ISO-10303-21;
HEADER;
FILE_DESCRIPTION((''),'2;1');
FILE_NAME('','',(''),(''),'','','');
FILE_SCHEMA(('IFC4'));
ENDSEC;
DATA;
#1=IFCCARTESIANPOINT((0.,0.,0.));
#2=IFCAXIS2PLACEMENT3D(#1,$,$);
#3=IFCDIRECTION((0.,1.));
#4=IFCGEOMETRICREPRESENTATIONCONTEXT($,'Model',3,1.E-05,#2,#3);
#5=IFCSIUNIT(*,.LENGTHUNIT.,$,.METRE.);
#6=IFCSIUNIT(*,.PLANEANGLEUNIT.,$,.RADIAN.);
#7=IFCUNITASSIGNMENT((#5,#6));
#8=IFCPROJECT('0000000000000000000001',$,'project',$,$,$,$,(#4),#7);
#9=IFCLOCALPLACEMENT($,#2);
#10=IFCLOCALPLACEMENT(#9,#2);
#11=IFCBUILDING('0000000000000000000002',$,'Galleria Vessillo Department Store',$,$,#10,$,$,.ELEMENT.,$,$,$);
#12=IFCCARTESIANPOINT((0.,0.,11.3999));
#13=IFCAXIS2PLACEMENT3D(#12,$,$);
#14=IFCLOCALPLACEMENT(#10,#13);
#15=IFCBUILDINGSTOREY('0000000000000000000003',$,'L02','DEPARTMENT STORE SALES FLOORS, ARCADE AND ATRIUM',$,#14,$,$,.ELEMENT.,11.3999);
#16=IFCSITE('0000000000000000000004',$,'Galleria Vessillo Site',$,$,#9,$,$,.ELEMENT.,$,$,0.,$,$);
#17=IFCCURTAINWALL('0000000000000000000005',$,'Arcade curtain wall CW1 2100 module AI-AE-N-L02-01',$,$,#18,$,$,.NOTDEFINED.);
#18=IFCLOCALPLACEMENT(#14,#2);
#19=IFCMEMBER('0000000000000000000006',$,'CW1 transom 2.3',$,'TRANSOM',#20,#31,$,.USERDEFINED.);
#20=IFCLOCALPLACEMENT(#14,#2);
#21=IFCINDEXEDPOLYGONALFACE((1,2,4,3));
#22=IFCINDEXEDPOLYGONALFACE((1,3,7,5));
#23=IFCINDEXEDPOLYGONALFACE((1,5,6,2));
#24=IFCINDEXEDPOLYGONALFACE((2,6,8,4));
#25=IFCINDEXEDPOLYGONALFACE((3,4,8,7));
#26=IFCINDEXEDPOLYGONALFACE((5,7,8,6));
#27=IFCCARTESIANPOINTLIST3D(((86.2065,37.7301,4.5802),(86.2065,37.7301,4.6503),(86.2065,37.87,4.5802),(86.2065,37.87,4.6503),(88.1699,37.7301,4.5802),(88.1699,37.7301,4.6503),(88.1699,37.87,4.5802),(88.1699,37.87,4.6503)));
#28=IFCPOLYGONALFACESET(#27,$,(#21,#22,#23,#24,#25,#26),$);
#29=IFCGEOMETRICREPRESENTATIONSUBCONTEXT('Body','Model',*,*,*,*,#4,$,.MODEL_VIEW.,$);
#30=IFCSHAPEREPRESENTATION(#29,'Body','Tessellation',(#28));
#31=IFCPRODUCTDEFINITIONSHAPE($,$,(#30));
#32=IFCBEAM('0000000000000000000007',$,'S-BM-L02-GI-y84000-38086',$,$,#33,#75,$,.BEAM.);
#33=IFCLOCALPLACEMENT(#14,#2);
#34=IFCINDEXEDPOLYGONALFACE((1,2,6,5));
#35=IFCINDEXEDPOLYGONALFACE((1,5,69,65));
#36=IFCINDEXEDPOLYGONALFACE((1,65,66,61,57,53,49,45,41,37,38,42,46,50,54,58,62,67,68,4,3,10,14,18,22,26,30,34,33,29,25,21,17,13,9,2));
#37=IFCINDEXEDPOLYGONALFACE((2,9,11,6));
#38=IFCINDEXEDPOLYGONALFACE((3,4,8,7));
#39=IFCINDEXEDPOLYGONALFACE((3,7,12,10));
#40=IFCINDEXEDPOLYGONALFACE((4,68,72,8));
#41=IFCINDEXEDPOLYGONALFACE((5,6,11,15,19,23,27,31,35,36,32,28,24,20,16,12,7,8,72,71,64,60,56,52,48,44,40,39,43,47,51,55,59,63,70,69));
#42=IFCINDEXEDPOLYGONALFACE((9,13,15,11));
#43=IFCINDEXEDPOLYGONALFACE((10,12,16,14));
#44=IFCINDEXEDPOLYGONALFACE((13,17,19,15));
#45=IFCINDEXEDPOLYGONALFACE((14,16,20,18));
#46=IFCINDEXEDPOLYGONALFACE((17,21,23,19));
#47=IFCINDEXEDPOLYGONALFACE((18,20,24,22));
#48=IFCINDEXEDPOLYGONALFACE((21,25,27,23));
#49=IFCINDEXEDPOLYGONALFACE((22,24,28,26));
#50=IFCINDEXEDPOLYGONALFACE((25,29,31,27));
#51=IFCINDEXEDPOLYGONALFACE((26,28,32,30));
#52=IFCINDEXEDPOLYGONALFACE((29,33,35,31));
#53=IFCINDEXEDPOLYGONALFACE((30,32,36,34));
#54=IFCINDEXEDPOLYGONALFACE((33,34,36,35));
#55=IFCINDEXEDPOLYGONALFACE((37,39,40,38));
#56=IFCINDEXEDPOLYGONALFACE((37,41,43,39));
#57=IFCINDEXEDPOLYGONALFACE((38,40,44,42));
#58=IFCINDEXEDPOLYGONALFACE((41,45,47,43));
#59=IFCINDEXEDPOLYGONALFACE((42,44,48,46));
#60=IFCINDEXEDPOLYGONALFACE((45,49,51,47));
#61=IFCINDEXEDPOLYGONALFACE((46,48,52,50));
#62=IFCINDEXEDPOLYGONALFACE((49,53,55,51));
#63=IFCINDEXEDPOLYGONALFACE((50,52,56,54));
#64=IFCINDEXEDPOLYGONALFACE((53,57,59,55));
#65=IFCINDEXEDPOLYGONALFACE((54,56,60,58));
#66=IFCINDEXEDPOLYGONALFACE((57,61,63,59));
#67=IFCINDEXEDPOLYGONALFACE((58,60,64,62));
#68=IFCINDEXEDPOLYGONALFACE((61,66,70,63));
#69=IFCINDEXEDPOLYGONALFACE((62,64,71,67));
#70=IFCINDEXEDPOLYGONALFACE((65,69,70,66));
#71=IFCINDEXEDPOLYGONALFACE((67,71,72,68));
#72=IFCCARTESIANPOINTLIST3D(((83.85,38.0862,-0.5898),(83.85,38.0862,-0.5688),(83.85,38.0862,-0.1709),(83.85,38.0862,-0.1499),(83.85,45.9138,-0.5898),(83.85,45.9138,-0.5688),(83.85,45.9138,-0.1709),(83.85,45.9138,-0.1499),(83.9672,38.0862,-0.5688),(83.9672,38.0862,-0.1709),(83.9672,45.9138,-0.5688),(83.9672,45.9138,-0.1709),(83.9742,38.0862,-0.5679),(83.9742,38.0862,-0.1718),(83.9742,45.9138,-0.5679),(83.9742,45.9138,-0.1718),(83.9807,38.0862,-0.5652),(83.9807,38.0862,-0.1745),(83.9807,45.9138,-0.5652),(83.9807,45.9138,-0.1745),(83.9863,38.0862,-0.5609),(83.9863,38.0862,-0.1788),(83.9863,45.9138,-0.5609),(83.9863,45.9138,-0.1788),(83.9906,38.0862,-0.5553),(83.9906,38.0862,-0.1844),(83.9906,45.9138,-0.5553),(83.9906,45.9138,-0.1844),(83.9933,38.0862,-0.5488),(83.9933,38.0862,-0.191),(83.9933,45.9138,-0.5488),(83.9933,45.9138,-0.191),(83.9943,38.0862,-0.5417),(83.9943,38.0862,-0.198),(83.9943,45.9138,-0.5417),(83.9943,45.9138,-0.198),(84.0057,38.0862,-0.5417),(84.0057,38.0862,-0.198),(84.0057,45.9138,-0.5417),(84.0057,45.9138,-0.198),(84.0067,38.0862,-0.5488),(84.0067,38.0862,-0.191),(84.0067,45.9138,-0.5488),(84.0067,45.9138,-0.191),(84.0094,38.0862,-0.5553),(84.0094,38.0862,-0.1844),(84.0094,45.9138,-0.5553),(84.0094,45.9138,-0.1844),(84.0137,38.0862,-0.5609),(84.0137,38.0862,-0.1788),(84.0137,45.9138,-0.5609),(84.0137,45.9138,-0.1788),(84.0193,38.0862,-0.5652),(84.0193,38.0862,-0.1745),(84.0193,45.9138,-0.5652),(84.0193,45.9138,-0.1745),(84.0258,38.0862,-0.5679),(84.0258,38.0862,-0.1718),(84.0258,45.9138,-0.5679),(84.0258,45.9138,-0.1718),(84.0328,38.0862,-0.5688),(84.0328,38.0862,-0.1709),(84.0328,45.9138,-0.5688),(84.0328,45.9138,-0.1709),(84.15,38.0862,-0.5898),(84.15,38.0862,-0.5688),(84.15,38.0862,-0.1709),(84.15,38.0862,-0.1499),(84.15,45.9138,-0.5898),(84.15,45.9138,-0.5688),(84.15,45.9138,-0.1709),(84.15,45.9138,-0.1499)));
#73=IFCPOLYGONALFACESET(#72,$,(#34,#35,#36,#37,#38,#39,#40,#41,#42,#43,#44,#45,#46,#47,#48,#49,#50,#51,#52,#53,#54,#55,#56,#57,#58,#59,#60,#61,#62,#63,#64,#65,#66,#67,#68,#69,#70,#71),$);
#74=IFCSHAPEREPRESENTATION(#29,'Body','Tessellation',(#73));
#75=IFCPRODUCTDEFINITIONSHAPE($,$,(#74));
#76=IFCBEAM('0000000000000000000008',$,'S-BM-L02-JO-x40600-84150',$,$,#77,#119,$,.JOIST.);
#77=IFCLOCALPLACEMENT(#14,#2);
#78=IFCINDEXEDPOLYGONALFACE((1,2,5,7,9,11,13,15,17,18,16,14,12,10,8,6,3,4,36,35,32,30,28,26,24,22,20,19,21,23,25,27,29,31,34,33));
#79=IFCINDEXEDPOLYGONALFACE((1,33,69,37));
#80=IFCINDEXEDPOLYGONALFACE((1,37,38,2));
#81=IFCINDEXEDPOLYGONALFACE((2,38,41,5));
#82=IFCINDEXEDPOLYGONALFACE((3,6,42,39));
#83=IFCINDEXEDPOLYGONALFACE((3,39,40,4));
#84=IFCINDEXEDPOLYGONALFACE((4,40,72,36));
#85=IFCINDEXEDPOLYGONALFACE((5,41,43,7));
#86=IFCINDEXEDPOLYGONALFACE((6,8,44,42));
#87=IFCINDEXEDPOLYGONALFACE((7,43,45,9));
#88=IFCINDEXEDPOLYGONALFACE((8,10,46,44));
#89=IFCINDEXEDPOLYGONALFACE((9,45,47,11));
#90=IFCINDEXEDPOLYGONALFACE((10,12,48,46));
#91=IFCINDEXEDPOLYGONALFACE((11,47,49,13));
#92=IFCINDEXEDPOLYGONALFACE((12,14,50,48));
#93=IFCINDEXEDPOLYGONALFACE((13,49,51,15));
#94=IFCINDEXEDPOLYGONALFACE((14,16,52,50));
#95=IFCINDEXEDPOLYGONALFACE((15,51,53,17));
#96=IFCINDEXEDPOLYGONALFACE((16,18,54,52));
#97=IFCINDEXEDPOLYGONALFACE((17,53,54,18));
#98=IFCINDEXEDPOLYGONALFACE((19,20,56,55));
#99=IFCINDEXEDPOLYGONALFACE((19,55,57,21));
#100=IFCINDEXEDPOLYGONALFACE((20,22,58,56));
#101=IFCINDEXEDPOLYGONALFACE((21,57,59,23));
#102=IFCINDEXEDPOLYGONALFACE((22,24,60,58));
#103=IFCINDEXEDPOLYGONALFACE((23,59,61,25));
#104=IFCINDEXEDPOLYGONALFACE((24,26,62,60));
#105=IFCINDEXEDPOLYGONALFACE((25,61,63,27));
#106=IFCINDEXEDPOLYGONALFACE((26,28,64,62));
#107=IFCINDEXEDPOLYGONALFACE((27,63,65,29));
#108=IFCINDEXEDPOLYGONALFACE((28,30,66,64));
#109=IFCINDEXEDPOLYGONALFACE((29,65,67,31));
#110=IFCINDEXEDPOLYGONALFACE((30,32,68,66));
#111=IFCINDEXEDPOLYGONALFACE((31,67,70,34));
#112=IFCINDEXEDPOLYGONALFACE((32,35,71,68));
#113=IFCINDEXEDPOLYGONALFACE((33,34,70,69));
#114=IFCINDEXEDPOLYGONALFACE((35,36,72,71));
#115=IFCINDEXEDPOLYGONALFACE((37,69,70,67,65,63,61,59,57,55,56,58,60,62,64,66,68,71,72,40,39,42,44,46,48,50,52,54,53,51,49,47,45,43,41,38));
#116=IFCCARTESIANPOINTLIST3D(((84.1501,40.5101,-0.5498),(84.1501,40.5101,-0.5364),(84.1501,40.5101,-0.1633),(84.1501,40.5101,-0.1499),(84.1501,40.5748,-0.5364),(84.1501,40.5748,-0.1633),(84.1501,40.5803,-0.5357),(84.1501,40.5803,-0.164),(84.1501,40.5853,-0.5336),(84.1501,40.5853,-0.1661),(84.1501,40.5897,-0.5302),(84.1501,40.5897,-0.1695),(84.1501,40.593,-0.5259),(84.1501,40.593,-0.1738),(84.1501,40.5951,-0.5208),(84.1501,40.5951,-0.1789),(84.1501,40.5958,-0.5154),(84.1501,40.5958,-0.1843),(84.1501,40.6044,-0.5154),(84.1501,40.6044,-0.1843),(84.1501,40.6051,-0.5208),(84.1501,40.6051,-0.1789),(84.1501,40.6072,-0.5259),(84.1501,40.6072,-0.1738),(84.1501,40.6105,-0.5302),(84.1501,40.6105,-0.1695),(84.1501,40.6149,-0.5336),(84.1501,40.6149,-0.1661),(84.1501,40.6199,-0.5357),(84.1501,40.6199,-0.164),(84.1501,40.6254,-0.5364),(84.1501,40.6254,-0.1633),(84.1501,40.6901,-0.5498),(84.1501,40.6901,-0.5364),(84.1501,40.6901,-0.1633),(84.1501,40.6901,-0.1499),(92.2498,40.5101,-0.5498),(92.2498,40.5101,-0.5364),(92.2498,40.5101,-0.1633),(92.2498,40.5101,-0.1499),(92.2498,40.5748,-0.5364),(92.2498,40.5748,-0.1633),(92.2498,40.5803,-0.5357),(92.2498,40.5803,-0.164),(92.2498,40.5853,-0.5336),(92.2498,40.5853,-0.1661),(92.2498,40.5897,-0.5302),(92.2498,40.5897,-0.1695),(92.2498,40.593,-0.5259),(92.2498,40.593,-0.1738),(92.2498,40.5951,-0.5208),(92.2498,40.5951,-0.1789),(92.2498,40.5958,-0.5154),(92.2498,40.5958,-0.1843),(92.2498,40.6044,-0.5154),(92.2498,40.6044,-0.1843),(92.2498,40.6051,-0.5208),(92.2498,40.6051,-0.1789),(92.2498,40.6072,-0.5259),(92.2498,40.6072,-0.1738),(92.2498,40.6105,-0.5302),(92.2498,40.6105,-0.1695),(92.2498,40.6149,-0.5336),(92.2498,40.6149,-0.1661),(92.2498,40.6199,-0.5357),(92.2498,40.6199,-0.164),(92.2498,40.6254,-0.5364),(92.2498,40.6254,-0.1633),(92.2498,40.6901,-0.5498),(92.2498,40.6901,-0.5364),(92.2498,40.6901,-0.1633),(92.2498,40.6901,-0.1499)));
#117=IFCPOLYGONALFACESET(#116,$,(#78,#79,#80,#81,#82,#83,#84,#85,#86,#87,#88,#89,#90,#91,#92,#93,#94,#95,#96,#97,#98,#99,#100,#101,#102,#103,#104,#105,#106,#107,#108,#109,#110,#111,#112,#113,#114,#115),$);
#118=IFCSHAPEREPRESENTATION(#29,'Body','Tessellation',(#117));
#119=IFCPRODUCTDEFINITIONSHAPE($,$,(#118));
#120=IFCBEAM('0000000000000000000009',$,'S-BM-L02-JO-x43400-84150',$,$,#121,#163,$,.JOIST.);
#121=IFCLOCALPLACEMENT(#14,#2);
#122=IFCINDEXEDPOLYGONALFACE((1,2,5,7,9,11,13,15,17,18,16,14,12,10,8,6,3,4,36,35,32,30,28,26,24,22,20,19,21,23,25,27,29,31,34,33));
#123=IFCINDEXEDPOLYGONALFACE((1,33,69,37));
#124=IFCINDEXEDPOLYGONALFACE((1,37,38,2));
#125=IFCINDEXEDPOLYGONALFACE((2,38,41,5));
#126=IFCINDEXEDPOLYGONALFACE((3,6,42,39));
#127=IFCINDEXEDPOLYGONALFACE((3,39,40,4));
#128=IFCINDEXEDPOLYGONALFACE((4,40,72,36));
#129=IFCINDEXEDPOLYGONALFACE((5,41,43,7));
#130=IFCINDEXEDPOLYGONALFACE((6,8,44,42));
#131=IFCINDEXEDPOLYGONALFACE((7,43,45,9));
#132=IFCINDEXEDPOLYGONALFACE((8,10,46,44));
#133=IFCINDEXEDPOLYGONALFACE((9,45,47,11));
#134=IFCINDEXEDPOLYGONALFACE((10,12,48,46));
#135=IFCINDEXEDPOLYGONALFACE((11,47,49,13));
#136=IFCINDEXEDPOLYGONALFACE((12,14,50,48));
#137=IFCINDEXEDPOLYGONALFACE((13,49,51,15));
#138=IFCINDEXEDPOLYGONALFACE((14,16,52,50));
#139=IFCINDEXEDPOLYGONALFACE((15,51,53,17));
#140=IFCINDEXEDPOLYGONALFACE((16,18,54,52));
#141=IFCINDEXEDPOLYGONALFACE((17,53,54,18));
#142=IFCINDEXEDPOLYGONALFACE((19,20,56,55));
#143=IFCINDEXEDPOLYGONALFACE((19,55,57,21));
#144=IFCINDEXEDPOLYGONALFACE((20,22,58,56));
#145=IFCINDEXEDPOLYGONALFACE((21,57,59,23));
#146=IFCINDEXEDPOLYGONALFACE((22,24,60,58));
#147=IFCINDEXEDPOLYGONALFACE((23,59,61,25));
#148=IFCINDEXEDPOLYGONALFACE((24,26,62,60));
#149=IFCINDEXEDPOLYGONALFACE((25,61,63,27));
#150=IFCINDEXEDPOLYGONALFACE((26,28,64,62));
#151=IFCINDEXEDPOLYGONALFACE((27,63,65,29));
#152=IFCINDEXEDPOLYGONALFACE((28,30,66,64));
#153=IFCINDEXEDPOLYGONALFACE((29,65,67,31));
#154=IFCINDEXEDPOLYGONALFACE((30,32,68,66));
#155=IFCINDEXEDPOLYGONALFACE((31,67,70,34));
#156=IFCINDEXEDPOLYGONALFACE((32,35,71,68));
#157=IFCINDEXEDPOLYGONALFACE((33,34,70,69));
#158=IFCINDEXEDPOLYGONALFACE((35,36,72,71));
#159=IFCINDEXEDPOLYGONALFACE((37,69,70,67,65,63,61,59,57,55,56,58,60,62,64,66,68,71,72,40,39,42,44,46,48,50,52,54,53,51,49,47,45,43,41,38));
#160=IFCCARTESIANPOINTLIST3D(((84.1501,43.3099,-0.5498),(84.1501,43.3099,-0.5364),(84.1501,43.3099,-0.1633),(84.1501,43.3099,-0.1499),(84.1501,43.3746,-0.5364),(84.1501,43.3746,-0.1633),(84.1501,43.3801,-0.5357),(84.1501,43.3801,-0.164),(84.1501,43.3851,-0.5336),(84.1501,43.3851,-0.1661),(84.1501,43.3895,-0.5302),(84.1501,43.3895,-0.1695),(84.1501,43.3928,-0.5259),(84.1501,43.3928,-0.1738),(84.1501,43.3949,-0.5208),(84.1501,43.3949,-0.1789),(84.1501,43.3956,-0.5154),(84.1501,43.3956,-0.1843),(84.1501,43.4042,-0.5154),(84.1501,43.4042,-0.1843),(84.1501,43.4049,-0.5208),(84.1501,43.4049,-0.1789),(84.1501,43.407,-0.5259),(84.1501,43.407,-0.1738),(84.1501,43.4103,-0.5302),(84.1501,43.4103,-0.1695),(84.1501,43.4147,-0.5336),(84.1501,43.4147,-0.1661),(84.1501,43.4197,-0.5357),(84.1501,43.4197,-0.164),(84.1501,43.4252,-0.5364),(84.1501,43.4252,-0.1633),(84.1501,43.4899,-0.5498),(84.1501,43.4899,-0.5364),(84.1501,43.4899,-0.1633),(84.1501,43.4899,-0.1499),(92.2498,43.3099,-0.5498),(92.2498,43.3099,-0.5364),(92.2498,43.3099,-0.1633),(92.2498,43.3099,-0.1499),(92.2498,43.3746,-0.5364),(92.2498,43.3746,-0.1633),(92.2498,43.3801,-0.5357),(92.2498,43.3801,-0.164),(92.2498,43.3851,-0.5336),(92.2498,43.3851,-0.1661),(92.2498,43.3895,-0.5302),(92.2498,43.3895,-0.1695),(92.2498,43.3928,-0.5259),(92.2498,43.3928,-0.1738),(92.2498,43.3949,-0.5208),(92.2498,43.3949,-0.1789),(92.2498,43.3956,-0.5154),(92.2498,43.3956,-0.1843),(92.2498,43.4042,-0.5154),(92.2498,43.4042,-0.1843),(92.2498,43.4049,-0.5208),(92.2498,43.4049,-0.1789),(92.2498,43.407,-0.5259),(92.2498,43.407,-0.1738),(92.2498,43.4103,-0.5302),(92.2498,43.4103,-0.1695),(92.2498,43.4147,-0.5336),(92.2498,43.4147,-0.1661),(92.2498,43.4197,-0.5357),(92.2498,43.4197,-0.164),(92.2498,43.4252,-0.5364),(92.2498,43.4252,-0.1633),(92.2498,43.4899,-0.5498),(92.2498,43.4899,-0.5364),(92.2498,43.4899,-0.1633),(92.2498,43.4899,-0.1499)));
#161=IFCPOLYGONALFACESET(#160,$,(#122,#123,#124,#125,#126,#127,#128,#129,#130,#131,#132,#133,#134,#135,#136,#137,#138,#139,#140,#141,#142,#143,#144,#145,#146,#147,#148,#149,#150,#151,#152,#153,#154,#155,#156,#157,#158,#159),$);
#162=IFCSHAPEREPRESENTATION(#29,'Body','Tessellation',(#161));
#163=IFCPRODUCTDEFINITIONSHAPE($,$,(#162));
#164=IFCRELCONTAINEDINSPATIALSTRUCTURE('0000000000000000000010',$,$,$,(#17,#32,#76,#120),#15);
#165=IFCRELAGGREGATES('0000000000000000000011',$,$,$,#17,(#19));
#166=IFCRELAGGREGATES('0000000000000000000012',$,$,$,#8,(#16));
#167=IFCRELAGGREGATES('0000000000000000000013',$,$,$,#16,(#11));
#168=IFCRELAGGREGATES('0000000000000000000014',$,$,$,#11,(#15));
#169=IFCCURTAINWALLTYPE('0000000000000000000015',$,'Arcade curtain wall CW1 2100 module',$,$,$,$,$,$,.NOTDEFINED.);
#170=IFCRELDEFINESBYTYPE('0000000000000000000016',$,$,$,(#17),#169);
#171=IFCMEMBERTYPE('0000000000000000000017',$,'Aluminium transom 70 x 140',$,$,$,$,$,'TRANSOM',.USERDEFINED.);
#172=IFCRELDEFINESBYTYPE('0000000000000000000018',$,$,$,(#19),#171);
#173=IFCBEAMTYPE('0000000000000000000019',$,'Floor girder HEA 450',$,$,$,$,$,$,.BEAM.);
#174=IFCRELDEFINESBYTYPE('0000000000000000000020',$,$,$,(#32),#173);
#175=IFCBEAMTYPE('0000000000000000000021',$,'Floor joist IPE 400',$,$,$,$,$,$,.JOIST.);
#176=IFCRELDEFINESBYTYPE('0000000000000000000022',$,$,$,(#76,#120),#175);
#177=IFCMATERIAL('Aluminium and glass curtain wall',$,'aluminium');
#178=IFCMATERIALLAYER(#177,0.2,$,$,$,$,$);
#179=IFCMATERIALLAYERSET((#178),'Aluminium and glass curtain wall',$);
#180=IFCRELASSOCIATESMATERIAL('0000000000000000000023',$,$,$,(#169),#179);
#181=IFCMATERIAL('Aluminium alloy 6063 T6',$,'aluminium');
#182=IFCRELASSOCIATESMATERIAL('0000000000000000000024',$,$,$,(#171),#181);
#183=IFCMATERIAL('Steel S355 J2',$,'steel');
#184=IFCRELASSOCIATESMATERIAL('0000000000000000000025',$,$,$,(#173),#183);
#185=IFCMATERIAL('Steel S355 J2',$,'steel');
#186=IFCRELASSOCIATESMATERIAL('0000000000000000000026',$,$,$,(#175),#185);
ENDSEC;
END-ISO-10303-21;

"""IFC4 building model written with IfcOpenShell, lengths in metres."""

from ifc_helpers import new_model, si_unit, direction, frame, origin, origin_2d, place, context, subcontext, project, spatial, rectangle, i_section, extrude, material, layer, layer_set, material_profile, profile_set, type_object, element, aggregate, save


model = new_model("IFC4")

# Units and contexts
model_context = context("Model", 3, precision=1e-05, world=origin(), true_north=direction((0.0, 1.0)))
body_context = subcontext(model_context, "Body", "Model", "MODEL_VIEW")
ifc_project = project(units=[si_unit("LENGTHUNIT", "METRE"), si_unit("PLANEANGLEUNIT", "RADIAN")], contexts=[model_context])

# Site, building, storey
site_placement = place(None, origin())
site = spatial("IfcSite", under=ifc_project, at=site_placement, Name="Galleria Vessillo Site", CompositionType="ELEMENT", RefElevation=0.0)
building_placement = place(site_placement, origin())
building = spatial("IfcBuilding", under=site, at=building_placement, Name="Galleria Vessillo Department Store", CompositionType="ELEMENT")
storey_placement = place(building_placement, frame((0.0, 0.0, 11.3999)))
storey = spatial("IfcBuildingStorey", under=building, at=storey_placement, Name="L02", Description="DEPARTMENT STORE SALES FLOORS, ARCADE AND ATRIUM", CompositionType="ELEMENT", Elevation=11.3999)

# Curtain wall, member
ifc_material_1 = material(Name="Aluminium and glass curtain wall", Category="aluminium")
ifc_layer_1 = layer(ifc_material_1, 0.2)
ifc_layer_set_1 = layer_set([ifc_layer_1], Name="Aluminium and glass curtain wall")
curtain_wall_type = type_object("IfcCurtainWallType", Name="Arcade curtain wall CW1 2100 module", PredefinedType="NOTDEFINED", material=ifc_layer_set_1)
curtain_wall_placement = place(storey_placement, origin())
curtain_wall = element("IfcCurtainWall", 1, at=curtain_wall_placement, inside=storey, type_object=curtain_wall_type, Name="Arcade curtain wall CW1 2100 module AI-AE-N-L02-01", PredefinedType="NOTDEFINED")
ifc_material_2 = material(Name="Aluminium alloy 6063 T6", Category="aluminium")
ifc_material_profile_1 = material_profile(ifc_material_2, rectangle(XDim=0.1399, YDim=0.0701, at=origin_2d()), Name="AL 70x140")
ifc_profile_set_1 = profile_set([ifc_material_profile_1], Name="Aluminium alloy 6063 T6")
member_type_1 = type_object("IfcMemberType", Name="Aluminium transom 70 x 140", ElementType="TRANSOM", PredefinedType="USERDEFINED", material=ifc_profile_set_1)
member_1_placement = place(storey_placement, frame((86.2065, 37.8, 4.6152), z_axis=(1.0, 0.0, 0.0), x_axis=(0.0, 1.0, 0.0)))
member_1 = element("IfcMember", 2, at=member_1_placement, type_object=member_type_1, Name="CW1 transom 2.3", ObjectType="TRANSOM", PredefinedType="USERDEFINED", context=body_context, shape_type="SweptSolid", body=[
    extrude(rectangle(XDim=0.1399, YDim=0.0701, at=origin_2d()), origin(), (0.0, 0.0, 1.0), 1.9634),
])

# Beams
ifc_material_3 = material(Name="Steel S355 J2", Category="steel")
ifc_material_profile_2 = material_profile(ifc_material_3, i_section(OverallWidth=0.3, OverallDepth=0.4399, WebThickness=0.0115, FlangeThickness=0.021, FilletRadius=0.0271, at=origin_2d()), Name="HEA 450")
ifc_profile_set_2 = profile_set([ifc_material_profile_2], Name="Steel S355 J2")
beam_type_1 = type_object("IfcBeamType", Name="Floor girder HEA 450", PredefinedType="BEAM", material=ifc_profile_set_2)
beam_1_placement = place(storey_placement, frame((84.0, 38.0862, -0.3699), z_axis=(0.0, 1.0, 0.0), x_axis=(-1.0, 0.0, 0.0)))
element("IfcBeam", 3, at=beam_1_placement, inside=storey, type_object=beam_type_1, Name="S-BM-L02-GI-y84000-38086", PredefinedType="BEAM", context=body_context, shape_type="SweptSolid", body=[
    extrude(i_section(OverallWidth=0.3, OverallDepth=0.4399, WebThickness=0.0115, FlangeThickness=0.021, FilletRadius=0.0271, at=origin_2d()), origin(), (0.0, 0.0, 1.0), 7.8276),
])
ifc_material_4 = material(Name="Steel S355 J2", Category="steel")
ifc_material_profile_3 = material_profile(ifc_material_4, i_section(OverallWidth=0.1799, OverallDepth=0.3999, WebThickness=0.0085, FlangeThickness=0.0134, FilletRadius=0.021, at=origin_2d()), Name="IPE 400")
ifc_profile_set_3 = profile_set([ifc_material_profile_3], Name="Steel S355 J2")
beam_type_2 = type_object("IfcBeamType", Name="Floor joist IPE 400", PredefinedType="JOIST", material=ifc_profile_set_3)
for number, where, z_axis, x_axis, name in (
    (4, (84.1501, 40.6001, -0.3499), (1.0, 0.0, 0.0), (0.0, 1.0, 0.0), "S-BM-L02-JO-x40600-84150"),
    (5, (84.1501, 43.3999, -0.3499), (1.0, 0.0, 0.0), (0.0, 1.0, 0.0), "S-BM-L02-JO-x43400-84150"),
):
    element("IfcBeam", number, at=place(storey_placement, frame(where, z_axis=z_axis, x_axis=x_axis)), inside=storey, type_object=beam_type_2, Name=name, PredefinedType="JOIST", context=body_context, shape_type="SweptSolid", body=[
        extrude(i_section(OverallWidth=0.1799, OverallDepth=0.3999, WebThickness=0.0085, FlangeThickness=0.0134, FilletRadius=0.021, at=origin_2d()), origin(), (0.0, 0.0, 1.0), 8.0996),
    ])

aggregate(curtain_wall, [member_1])

save(model, "model.ifc")
